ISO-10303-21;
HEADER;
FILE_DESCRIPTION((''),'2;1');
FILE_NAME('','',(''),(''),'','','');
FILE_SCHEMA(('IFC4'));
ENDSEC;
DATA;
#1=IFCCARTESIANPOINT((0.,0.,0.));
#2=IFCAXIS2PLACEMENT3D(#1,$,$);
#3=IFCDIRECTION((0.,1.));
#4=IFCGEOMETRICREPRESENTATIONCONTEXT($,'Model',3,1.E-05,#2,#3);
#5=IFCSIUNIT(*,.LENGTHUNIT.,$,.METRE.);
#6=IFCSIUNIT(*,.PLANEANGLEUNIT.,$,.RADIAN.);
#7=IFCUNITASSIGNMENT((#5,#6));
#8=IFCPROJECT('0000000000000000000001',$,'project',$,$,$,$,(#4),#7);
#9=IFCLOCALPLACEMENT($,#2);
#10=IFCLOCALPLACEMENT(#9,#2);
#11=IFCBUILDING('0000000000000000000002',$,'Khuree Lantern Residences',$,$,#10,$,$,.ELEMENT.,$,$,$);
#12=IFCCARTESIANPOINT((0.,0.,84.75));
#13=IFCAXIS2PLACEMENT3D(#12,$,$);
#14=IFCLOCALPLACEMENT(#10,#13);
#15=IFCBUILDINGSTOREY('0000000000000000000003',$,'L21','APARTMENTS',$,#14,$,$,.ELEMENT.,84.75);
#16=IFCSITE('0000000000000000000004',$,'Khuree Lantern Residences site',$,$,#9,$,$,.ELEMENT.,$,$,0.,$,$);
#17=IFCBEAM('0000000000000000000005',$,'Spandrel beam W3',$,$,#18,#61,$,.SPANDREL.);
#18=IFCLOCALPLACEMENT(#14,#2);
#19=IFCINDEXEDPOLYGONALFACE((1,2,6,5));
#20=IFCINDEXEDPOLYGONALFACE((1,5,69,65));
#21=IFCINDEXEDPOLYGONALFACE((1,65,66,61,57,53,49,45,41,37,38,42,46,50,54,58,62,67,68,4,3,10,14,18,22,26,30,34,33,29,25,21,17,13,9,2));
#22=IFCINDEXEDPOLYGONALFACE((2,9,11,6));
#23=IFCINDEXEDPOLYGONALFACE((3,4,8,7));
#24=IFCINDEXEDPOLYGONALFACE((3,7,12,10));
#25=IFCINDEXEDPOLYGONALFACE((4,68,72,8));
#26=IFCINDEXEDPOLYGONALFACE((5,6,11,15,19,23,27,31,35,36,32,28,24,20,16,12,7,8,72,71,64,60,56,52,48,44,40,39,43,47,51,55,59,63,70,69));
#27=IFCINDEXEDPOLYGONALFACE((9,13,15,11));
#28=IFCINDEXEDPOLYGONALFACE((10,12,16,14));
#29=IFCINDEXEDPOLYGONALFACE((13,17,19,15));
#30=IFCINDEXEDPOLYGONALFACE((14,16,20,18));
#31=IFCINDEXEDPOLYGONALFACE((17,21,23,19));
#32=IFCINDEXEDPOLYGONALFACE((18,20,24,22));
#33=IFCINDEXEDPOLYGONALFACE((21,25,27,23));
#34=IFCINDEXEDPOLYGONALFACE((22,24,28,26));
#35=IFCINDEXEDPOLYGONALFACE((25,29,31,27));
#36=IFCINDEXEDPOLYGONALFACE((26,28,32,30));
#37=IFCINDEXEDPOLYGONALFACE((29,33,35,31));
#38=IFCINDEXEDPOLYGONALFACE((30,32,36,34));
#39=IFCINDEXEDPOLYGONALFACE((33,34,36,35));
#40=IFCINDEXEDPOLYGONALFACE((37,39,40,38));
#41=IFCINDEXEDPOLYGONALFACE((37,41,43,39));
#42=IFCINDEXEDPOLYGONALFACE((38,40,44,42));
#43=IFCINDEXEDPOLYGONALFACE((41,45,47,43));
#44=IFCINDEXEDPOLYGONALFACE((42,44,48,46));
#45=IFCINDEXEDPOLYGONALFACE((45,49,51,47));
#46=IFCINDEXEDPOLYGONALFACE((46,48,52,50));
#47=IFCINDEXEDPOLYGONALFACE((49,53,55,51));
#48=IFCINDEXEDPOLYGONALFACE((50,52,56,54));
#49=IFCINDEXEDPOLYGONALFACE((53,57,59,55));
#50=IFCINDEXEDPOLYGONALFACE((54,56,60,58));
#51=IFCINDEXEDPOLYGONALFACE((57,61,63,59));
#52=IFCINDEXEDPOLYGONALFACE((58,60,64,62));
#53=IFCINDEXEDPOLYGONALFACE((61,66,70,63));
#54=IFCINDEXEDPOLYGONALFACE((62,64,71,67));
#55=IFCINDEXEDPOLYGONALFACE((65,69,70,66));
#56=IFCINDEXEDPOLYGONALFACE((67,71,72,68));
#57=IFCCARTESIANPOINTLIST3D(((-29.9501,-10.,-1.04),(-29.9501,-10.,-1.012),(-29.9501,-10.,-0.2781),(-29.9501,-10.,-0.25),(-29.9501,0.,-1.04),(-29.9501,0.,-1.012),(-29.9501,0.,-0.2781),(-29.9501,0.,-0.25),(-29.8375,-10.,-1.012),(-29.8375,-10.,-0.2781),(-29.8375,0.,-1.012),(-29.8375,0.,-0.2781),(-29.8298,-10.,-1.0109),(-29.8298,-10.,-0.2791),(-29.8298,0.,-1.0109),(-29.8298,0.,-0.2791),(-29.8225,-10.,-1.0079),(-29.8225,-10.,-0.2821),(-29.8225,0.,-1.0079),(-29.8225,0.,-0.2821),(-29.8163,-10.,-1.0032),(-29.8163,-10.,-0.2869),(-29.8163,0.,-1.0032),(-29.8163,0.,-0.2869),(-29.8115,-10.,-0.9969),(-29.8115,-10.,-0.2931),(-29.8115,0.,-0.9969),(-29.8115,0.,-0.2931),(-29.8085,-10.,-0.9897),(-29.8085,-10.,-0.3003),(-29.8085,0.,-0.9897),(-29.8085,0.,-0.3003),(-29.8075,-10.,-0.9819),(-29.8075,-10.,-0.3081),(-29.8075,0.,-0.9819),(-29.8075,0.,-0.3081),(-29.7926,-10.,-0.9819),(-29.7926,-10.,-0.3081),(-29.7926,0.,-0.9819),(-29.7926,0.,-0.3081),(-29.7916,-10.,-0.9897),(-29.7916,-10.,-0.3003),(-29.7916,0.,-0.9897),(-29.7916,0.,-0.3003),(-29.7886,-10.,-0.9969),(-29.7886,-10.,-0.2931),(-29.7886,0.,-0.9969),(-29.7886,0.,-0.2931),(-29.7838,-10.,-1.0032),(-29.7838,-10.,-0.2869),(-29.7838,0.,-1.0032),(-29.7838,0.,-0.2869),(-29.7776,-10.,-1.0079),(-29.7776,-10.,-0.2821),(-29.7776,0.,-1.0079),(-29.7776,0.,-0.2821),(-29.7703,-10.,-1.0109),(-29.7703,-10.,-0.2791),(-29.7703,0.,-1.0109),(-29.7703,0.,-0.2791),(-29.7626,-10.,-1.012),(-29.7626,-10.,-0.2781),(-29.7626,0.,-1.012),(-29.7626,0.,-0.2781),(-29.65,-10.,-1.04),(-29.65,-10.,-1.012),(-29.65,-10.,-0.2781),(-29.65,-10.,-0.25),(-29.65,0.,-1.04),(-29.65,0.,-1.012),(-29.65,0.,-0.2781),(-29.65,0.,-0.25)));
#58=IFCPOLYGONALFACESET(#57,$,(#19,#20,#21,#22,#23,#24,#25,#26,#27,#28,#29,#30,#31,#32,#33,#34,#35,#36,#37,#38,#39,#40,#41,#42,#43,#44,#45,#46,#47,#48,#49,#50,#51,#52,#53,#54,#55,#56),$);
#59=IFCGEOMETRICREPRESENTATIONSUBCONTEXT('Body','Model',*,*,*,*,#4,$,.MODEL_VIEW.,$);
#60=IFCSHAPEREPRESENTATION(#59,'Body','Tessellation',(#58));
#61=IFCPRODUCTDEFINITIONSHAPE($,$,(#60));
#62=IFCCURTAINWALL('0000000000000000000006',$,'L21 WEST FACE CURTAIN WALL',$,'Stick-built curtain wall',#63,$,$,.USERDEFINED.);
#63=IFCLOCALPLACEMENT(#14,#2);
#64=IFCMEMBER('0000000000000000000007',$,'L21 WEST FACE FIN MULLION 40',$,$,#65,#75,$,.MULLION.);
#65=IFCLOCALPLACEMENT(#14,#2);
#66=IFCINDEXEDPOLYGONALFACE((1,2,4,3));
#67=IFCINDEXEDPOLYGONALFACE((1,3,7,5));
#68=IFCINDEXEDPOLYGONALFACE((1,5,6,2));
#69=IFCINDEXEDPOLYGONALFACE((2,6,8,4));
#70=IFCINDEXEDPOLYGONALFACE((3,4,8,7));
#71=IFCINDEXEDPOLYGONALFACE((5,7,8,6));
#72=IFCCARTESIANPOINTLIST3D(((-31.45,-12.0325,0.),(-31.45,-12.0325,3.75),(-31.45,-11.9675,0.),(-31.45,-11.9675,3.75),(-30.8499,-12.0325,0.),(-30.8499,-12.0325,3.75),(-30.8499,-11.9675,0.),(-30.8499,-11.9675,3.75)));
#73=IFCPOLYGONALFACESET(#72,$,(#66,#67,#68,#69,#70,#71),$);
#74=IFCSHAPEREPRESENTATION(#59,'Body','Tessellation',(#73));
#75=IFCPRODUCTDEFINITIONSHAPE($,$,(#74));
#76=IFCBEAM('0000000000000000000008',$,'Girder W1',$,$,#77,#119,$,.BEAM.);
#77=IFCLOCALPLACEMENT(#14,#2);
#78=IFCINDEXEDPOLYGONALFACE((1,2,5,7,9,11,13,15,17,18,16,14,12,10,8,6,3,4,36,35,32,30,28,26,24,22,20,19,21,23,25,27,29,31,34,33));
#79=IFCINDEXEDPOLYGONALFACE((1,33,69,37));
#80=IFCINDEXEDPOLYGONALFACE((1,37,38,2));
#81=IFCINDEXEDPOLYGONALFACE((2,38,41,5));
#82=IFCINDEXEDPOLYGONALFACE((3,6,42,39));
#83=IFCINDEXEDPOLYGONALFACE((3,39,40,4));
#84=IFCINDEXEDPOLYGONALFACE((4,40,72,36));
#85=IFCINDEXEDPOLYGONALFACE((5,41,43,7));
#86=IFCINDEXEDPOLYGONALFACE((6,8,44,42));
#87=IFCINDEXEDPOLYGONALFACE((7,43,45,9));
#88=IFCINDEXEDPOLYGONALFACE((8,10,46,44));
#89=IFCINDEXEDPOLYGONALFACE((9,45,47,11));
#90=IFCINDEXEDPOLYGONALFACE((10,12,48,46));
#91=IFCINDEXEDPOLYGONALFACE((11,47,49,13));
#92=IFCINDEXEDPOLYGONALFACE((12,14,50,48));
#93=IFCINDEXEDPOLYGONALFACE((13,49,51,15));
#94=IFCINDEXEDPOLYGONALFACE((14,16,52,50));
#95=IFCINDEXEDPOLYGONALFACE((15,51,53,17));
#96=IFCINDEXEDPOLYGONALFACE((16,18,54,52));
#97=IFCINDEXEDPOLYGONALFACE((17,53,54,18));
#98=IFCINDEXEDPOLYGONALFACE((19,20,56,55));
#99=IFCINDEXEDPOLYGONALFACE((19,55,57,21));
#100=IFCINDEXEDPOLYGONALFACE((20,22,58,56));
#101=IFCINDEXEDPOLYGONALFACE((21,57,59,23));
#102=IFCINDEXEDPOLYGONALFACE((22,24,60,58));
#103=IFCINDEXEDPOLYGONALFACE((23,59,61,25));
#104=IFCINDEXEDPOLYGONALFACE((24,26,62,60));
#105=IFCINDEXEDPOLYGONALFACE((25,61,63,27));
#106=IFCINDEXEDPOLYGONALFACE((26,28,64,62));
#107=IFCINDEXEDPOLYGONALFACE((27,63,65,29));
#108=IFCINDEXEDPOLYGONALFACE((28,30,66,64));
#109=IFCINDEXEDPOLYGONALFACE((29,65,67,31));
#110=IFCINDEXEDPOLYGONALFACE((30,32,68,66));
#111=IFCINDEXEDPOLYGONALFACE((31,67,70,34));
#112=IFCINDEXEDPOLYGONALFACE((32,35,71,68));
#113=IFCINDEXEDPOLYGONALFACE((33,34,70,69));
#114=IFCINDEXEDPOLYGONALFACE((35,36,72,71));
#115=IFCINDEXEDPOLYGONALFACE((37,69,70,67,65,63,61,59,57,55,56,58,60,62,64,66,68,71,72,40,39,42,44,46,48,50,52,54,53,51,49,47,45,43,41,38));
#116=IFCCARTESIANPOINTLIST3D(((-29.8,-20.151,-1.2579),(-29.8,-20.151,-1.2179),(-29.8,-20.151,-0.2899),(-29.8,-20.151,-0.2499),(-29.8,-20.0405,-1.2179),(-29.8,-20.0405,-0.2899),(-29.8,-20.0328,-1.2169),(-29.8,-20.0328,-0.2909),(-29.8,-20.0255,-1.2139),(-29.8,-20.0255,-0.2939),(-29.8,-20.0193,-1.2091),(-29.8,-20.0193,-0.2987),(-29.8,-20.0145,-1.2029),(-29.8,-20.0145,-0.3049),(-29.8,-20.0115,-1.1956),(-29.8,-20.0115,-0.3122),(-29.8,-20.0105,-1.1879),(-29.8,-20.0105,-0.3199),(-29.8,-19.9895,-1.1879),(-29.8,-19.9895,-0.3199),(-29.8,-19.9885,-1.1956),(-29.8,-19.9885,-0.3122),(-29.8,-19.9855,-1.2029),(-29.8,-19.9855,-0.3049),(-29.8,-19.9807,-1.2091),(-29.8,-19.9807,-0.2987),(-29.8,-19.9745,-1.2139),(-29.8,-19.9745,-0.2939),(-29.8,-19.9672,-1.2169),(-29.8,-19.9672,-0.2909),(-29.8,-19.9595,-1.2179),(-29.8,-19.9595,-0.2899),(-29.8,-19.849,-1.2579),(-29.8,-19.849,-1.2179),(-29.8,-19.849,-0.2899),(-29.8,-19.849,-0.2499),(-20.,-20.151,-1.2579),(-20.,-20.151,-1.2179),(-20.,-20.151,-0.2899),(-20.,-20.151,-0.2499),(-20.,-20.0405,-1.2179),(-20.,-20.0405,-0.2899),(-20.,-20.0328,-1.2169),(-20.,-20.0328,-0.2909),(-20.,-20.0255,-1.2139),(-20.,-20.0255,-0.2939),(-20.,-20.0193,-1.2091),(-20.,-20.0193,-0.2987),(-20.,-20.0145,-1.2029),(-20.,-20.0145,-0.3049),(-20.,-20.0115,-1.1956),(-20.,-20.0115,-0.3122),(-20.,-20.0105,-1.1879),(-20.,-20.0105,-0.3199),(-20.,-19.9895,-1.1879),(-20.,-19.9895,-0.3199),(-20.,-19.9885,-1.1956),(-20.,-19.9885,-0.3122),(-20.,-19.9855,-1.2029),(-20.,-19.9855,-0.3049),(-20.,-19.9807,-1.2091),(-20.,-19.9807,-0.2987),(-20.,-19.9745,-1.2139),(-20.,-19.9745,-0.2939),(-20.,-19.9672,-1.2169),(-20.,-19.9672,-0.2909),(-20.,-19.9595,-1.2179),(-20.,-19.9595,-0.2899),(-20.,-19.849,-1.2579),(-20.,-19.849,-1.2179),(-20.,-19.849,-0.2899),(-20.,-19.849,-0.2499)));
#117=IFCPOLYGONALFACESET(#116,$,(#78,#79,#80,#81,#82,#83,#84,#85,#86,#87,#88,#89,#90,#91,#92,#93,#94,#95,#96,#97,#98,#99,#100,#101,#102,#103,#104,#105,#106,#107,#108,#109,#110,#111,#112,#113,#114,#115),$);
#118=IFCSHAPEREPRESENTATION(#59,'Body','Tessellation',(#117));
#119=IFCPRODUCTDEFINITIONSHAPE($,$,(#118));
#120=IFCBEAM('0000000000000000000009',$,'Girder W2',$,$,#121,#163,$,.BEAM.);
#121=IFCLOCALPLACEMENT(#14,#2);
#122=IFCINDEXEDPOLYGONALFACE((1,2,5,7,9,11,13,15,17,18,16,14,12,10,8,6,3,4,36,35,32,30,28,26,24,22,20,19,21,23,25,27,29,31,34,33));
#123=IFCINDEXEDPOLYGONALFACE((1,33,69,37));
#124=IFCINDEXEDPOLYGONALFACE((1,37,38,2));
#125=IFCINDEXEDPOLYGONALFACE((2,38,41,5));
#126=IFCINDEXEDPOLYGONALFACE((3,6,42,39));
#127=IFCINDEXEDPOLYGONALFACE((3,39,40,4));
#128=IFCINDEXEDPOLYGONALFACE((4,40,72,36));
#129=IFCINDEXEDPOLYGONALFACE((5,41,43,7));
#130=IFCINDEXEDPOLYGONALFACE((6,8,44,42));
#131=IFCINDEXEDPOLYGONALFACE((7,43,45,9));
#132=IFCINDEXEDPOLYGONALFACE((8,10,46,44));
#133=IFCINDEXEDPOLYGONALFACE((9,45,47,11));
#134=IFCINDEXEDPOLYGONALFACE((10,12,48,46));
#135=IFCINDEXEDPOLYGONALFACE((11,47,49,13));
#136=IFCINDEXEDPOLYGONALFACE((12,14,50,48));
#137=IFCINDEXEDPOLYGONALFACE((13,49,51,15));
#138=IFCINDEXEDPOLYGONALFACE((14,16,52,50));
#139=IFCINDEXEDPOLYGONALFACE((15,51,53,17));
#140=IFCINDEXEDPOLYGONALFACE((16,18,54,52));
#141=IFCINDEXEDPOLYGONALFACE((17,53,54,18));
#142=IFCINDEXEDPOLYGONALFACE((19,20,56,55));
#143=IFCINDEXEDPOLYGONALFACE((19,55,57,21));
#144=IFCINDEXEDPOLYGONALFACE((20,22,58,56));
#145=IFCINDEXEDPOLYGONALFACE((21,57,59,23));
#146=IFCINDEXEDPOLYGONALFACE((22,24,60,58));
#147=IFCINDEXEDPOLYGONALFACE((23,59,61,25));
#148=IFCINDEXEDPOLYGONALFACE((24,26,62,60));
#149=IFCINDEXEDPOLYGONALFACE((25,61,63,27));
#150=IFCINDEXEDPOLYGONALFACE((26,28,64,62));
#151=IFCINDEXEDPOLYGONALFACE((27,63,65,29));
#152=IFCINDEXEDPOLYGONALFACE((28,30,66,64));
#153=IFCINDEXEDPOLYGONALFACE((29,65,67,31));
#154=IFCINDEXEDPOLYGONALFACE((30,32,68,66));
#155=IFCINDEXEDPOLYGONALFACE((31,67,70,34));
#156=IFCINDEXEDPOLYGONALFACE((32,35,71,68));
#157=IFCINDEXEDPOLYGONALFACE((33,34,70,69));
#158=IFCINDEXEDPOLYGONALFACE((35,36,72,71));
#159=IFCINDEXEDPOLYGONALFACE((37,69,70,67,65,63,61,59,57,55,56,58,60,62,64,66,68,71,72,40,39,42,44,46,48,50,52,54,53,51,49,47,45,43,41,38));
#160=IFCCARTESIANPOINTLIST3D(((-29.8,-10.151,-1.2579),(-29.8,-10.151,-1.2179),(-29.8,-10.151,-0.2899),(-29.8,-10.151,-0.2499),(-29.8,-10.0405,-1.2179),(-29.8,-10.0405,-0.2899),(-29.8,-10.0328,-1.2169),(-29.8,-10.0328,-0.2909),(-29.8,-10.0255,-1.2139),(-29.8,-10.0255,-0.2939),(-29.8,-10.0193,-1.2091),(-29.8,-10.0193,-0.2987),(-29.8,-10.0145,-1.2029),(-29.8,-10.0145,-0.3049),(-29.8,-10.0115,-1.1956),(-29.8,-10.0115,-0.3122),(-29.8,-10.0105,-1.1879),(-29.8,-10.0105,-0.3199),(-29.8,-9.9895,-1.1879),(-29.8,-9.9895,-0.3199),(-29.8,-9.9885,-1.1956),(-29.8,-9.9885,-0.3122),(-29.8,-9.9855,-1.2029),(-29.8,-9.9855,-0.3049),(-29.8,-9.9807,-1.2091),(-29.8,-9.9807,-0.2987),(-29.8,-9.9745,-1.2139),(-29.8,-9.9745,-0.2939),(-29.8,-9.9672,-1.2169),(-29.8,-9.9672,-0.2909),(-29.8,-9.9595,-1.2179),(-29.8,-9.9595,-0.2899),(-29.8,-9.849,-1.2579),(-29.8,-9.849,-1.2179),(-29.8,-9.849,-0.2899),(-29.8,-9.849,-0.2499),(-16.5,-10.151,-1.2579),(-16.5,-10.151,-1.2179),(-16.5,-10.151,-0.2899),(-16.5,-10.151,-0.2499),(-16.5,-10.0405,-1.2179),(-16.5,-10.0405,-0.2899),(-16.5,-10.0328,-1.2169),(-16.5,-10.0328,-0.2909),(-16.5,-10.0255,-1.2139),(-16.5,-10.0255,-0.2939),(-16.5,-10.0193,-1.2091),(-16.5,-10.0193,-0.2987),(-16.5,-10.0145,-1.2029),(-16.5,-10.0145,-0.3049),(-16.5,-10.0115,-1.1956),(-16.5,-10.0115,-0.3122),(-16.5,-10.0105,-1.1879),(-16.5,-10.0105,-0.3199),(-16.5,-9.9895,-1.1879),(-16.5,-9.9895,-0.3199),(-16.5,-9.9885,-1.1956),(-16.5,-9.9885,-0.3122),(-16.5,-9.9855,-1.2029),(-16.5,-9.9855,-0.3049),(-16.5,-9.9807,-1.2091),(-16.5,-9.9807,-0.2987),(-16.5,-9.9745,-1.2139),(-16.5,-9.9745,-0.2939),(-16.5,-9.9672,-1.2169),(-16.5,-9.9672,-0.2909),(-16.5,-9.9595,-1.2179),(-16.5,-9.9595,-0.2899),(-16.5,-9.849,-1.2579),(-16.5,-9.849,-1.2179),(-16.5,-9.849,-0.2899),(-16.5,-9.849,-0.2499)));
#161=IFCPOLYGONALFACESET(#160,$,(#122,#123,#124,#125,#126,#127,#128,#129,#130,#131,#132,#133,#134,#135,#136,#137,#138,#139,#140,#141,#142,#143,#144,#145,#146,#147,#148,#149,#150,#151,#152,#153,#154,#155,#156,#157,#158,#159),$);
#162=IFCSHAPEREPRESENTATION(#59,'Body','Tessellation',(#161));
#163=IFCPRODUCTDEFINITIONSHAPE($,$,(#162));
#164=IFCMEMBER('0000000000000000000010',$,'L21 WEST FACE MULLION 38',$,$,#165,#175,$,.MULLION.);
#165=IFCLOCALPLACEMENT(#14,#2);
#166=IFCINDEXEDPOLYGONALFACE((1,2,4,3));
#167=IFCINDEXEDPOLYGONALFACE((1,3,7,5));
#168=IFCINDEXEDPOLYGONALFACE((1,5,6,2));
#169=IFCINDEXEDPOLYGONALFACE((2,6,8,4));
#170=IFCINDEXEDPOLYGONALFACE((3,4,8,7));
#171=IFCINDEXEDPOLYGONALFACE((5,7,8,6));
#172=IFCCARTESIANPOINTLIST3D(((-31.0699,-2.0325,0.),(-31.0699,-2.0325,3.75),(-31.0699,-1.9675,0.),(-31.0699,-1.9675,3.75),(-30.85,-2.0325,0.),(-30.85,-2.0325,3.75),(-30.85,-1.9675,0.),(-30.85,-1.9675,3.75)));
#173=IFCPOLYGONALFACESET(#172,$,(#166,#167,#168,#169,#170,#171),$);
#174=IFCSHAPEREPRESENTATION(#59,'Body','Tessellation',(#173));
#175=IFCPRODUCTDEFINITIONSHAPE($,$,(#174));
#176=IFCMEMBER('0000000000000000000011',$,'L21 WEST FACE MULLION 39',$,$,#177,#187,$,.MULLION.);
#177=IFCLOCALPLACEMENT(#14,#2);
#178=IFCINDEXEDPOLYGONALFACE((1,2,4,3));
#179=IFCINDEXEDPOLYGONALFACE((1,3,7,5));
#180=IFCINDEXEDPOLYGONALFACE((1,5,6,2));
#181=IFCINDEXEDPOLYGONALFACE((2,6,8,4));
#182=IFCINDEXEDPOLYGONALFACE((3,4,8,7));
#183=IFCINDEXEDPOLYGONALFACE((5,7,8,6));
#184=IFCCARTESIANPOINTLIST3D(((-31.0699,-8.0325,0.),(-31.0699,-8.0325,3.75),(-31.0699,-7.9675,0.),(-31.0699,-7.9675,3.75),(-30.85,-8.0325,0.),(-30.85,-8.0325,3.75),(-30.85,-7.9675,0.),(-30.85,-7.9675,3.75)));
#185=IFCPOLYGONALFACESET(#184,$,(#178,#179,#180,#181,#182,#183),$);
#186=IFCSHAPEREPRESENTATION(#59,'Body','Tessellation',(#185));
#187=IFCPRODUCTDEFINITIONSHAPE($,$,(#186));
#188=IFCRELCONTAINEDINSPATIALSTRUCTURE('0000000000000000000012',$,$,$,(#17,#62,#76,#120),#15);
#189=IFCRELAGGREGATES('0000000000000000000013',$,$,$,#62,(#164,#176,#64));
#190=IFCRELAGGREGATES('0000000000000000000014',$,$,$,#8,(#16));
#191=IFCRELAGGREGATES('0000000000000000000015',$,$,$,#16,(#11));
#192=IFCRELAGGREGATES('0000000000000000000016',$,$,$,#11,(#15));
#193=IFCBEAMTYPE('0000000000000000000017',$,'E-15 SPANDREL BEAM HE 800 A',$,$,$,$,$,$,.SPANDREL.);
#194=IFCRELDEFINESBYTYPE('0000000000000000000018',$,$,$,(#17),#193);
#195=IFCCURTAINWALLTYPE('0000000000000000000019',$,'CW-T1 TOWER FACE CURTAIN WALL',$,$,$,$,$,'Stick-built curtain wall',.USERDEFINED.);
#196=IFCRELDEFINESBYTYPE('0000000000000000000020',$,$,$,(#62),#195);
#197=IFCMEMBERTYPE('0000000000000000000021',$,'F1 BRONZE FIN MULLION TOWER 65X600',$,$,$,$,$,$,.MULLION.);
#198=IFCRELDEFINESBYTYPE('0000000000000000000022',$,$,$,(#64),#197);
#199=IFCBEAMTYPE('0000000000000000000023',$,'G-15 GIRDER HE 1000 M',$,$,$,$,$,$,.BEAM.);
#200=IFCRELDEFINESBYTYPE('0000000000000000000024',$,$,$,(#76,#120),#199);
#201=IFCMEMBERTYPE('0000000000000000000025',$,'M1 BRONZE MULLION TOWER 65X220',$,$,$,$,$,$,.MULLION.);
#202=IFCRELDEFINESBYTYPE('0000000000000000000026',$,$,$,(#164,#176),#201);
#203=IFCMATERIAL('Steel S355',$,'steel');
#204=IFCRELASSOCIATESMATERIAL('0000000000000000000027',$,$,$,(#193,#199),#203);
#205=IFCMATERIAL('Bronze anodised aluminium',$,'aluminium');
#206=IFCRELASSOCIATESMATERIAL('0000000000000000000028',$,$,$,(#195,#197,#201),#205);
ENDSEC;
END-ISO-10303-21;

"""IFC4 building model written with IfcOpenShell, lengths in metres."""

from ifc_helpers import new_model, si_unit, direction, frame, origin, origin_2d, place, context, subcontext, project, spatial, rectangle, i_section, extrude, material, material_profile, profile_set, type_object, element, aggregate, save


model = new_model("IFC4")

# Units and contexts
model_context = context("Model", 3, precision=1e-05, world=origin(), true_north=direction((0.0, 1.0)))
body_context = subcontext(model_context, "Body", "Model", "MODEL_VIEW")
ifc_project = project(units=[si_unit("LENGTHUNIT", "METRE"), si_unit("PLANEANGLEUNIT", "RADIAN")], contexts=[model_context])

# Site, building, storey
site_placement = place(None, origin())
site = spatial("IfcSite", under=ifc_project, at=site_placement, Name="Khuree Lantern Residences site", CompositionType="ELEMENT", RefElevation=0.0)
building_placement = place(site_placement, origin())
building = spatial("IfcBuilding", under=site, at=building_placement, Name="Khuree Lantern Residences", CompositionType="ELEMENT")
storey_placement = place(building_placement, frame((0.0, 0.0, 84.75)))
storey = spatial("IfcBuildingStorey", under=building, at=storey_placement, Name="L21", Description="APARTMENTS", CompositionType="ELEMENT", Elevation=84.75)

# Beam
ifc_material_1 = material(Name="Steel S355", Category="steel")
ifc_material_profile_1 = material_profile(ifc_material_1, i_section(OverallWidth=0.3, OverallDepth=0.79, WebThickness=0.0149, FlangeThickness=0.0281, FilletRadius=0.03, at=origin_2d()), Name="HE 800 A")
ifc_profile_set_1 = profile_set([ifc_material_profile_1], Name="Steel S355")
beam_type_1 = type_object("IfcBeamType", Name="E-15 SPANDREL BEAM HE 800 A", PredefinedType="SPANDREL", material=ifc_profile_set_1)
for number, where, z_axis, x_axis, name in (
    (1, (-29.8, -10.0, -0.645), (0.0, 1.0, 0.0), (-1.0, 0.0, 0.0), "Spandrel beam W3"),
):
    element("IfcBeam", number, at=place(storey_placement, frame(where, z_axis=z_axis, x_axis=x_axis)), inside=storey, type_object=beam_type_1, Name=name, PredefinedType="SPANDREL", context=body_context, shape_type="SweptSolid", body=[
        extrude(i_section(OverallWidth=0.3, OverallDepth=0.79, WebThickness=0.0149, FlangeThickness=0.0281, FilletRadius=0.03, at=origin_2d()), origin(), (0.0, 0.0, 1.0), 10.0),
    ])

# Curtain wall, member
ifc_material_2 = material(Name="Bronze anodised aluminium", Category="aluminium")
curtain_wall_type = type_object("IfcCurtainWallType", Name="CW-T1 TOWER FACE CURTAIN WALL", ElementType="Stick-built curtain wall", PredefinedType="USERDEFINED", material=ifc_material_2)
curtain_wall_placement = place(storey_placement, origin())
curtain_wall = element("IfcCurtainWall", 2, at=curtain_wall_placement, inside=storey, type_object=curtain_wall_type, Name="L21 WEST FACE CURTAIN WALL", ObjectType="Stick-built curtain wall", PredefinedType="USERDEFINED")
ifc_material_profile_2 = material_profile(ifc_material_2, rectangle(XDim=0.0649, YDim=0.6001, at=origin_2d()), Name="F1 65X600")
ifc_profile_set_2 = profile_set([ifc_material_profile_2], Name="Bronze anodised aluminium")
member_type_1 = type_object("IfcMemberType", Name="F1 BRONZE FIN MULLION TOWER 65X600", PredefinedType="MULLION", material=ifc_profile_set_2)
member_1_placement = place(storey_placement, frame((-31.1499, -12.0, 0.0), z_axis=(0.0, 0.0, 1.0), x_axis=(0.0, -1.0, 0.0)))
member_1 = element("IfcMember", 3, at=member_1_placement, type_object=member_type_1, Name="L21 WEST FACE FIN MULLION 40", PredefinedType="MULLION", context=body_context, shape_type="SweptSolid", body=[
    extrude(rectangle(XDim=0.0649, YDim=0.6001, at=origin_2d()), origin(), (0.0, 0.0, 1.0), 3.75),
])

# Beams
ifc_material_profile_3 = material_profile(ifc_material_1, i_section(OverallWidth=0.302, OverallDepth=1.0081, WebThickness=0.021, FlangeThickness=0.04, FilletRadius=0.03, at=origin_2d()), Name="HE 1000 M")
ifc_profile_set_3 = profile_set([ifc_material_profile_3], Name="Steel S355")
beam_type_2 = type_object("IfcBeamType", Name="G-15 GIRDER HE 1000 M", PredefinedType="BEAM", material=ifc_profile_set_3)
beam_1_placement = place(storey_placement, frame((-29.8, -20.0, -0.7539), z_axis=(1.0, 0.0, 0.0), x_axis=(0.0, 1.0, 0.0)))
element("IfcBeam", 4, at=beam_1_placement, inside=storey, type_object=beam_type_2, Name="Girder W1", PredefinedType="BEAM", context=body_context, shape_type="SweptSolid", body=[
    extrude(i_section(OverallWidth=0.302, OverallDepth=1.0081, WebThickness=0.021, FlangeThickness=0.04, FilletRadius=0.03, at=origin_2d()), origin(), (0.0, 0.0, 1.0), 9.8),
])
beam_2_placement = place(storey_placement, frame((-29.8, -10.0, -0.7539), z_axis=(1.0, 0.0, 0.0), x_axis=(0.0, 1.0, 0.0)))
element("IfcBeam", 5, at=beam_2_placement, inside=storey, type_object=beam_type_2, Name="Girder W2", PredefinedType="BEAM", context=body_context, shape_type="SweptSolid", body=[
    extrude(i_section(OverallWidth=0.302, OverallDepth=1.0081, WebThickness=0.021, FlangeThickness=0.04, FilletRadius=0.03, at=origin_2d()), origin(), (0.0, 0.0, 1.0), 13.3),
])

# Members
ifc_material_profile_4 = material_profile(ifc_material_2, rectangle(XDim=0.0649, YDim=0.22, at=origin_2d()), Name="M1 65X220")
ifc_profile_set_4 = profile_set([ifc_material_profile_4], Name="Bronze anodised aluminium")
member_type_2 = type_object("IfcMemberType", Name="M1 BRONZE MULLION TOWER 65X220", PredefinedType="MULLION", material=ifc_profile_set_4)
member_2_placement = place(storey_placement, frame((-30.96, -2.0, 0.0), z_axis=(0.0, 0.0, 1.0), x_axis=(0.0, -1.0, 0.0)))
member_2 = element("IfcMember", 6, at=member_2_placement, type_object=member_type_2, Name="L21 WEST FACE MULLION 38", PredefinedType="MULLION", context=body_context, shape_type="SweptSolid", body=[
    extrude(rectangle(XDim=0.0649, YDim=0.22, at=origin_2d()), origin(), (0.0, 0.0, 1.0), 3.75),
])
member_3_placement = place(storey_placement, frame((-30.96, -8.0, 0.0), z_axis=(0.0, 0.0, 1.0), x_axis=(0.0, -1.0, 0.0)))
member_3 = element("IfcMember", 7, at=member_3_placement, type_object=member_type_2, Name="L21 WEST FACE MULLION 39", PredefinedType="MULLION", context=body_context, shape_type="SweptSolid", body=[
    extrude(rectangle(XDim=0.0649, YDim=0.22, at=origin_2d()), origin(), (0.0, 0.0, 1.0), 3.75),
])

aggregate(curtain_wall, [member_2, member_3, member_1])

save(model, "model.ifc")
